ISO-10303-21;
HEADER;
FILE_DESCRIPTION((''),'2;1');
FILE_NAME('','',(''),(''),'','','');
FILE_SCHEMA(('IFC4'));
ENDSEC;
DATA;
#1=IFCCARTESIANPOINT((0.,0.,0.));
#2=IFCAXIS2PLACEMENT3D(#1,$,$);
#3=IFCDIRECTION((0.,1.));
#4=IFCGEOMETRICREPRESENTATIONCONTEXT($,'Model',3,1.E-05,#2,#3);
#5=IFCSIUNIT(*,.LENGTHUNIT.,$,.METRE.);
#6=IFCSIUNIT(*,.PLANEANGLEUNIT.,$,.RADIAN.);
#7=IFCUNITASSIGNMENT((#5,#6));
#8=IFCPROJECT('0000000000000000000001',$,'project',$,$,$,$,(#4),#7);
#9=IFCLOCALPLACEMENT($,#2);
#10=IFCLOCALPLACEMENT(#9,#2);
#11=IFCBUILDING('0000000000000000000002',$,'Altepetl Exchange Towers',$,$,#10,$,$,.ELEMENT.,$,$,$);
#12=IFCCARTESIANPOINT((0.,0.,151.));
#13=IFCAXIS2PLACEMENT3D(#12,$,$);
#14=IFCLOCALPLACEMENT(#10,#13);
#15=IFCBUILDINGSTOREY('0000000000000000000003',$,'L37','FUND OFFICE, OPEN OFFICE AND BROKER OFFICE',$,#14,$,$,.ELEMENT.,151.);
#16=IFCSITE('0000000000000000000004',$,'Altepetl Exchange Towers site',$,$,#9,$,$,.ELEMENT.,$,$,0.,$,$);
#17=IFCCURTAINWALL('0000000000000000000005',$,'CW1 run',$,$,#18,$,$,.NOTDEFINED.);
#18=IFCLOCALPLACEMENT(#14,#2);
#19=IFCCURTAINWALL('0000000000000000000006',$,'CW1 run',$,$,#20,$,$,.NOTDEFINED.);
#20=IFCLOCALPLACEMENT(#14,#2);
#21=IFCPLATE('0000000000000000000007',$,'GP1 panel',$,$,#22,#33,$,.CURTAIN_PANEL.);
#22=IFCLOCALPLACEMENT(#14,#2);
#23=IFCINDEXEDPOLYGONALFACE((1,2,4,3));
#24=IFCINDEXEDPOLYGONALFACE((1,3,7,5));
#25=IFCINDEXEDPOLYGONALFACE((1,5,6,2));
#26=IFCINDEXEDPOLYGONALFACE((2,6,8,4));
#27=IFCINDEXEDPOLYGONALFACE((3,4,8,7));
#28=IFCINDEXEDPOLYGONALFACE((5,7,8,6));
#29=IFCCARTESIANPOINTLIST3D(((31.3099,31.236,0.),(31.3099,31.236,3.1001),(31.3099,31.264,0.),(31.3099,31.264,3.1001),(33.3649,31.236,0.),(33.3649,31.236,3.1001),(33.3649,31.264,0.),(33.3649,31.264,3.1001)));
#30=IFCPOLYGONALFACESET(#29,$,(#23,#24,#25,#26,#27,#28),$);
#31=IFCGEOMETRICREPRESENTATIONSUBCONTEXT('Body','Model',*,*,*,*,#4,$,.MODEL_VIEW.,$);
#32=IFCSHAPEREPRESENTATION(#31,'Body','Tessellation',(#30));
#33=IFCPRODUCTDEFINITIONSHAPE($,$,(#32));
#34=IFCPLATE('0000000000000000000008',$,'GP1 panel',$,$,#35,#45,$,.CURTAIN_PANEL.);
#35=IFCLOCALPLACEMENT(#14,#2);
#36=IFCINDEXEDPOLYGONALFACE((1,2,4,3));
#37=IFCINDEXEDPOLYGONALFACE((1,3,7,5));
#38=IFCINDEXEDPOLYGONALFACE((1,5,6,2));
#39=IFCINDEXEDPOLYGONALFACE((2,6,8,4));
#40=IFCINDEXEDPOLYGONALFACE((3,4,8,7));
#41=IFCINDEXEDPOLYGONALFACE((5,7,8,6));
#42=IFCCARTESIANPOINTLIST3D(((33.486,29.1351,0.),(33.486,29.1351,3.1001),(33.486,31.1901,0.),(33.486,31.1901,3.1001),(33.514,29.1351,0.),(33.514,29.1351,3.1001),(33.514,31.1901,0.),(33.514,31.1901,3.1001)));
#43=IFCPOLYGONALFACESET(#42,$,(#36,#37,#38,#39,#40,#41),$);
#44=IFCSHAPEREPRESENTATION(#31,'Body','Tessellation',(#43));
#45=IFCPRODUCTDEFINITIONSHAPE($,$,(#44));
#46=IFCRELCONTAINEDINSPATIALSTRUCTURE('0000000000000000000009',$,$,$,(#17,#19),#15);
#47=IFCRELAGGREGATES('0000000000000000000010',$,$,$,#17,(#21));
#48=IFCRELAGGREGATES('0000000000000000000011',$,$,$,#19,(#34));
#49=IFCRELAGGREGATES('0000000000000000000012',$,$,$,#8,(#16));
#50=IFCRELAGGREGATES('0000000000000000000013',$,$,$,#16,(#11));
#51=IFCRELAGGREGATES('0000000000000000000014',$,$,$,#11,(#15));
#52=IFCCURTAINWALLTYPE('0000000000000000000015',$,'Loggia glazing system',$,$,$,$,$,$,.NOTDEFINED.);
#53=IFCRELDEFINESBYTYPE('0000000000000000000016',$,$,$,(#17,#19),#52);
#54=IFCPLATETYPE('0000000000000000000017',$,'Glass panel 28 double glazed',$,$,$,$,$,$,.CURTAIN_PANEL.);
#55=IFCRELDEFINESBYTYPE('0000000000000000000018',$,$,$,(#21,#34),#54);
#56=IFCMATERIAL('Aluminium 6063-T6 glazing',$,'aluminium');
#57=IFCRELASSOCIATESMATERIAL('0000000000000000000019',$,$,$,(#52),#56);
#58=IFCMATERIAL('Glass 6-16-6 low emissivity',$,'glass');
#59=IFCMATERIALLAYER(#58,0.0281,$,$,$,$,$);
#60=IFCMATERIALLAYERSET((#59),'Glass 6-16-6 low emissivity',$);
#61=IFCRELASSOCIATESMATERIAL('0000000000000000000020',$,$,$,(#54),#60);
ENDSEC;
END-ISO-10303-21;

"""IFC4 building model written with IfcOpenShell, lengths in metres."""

from ifc_helpers import new_model, si_unit, direction, frame, origin, origin_2d, place, context, subcontext, project, spatial, rectangle, extrude, material, layer, layer_set, type_object, element, aggregate, save


model = new_model("IFC4")

# Units and contexts
model_context = context("Model", 3, precision=1e-05, world=origin(), true_north=direction((0.0, 1.0)))
body_context = subcontext(model_context, "Body", "Model", "MODEL_VIEW")
ifc_project = project(units=[si_unit("LENGTHUNIT", "METRE"), si_unit("PLANEANGLEUNIT", "RADIAN")], contexts=[model_context])

# Site, building, storey
site_placement = place(None, origin())
site = spatial("IfcSite", under=ifc_project, at=site_placement, Name="Altepetl Exchange Towers site", CompositionType="ELEMENT", RefElevation=0.0)
building_placement = place(site_placement, origin())
building = spatial("IfcBuilding", under=site, at=building_placement, Name="Altepetl Exchange Towers", CompositionType="ELEMENT")
storey_placement = place(building_placement, frame((0.0, 0.0, 151.0)))
storey = spatial("IfcBuildingStorey", under=building, at=storey_placement, Name="L37", Description="FUND OFFICE, OPEN OFFICE AND BROKER OFFICE", CompositionType="ELEMENT", Elevation=151.0)

# Shared definitions
ifc_material_1 = material(Name="Aluminium 6063-T6 glazing", Category="aluminium")
curtain_wall_type = type_object("IfcCurtainWallType", Name="Loggia glazing system", PredefinedType="NOTDEFINED", material=ifc_material_1)

# Curtain walls
curtain_wall_1_placement = place(storey_placement, origin())
curtain_wall_1 = element("IfcCurtainWall", 1, at=curtain_wall_1_placement, inside=storey, type_object=curtain_wall_type, Name="CW1 run", PredefinedType="NOTDEFINED")
curtain_wall_2_placement = place(storey_placement, origin())
curtain_wall_2 = element("IfcCurtainWall", 2, at=curtain_wall_2_placement, inside=storey, type_object=curtain_wall_type, Name="CW1 run", PredefinedType="NOTDEFINED")

# Plates
ifc_material_2 = material(Name="Glass 6-16-6 low emissivity", Category="glass")
ifc_layer = layer(ifc_material_2, 0.0281)
ifc_layer_set = layer_set([ifc_layer], Name="Glass 6-16-6 low emissivity")
plate_type = type_object("IfcPlateType", Name="Glass panel 28 double glazed", PredefinedType="CURTAIN_PANEL", material=ifc_layer_set)
plate_1_placement = place(storey_placement, frame((32.3374, 31.25, 0.0)))
plate_1 = element("IfcPlate", 3, at=plate_1_placement, type_object=plate_type, Name="GP1 panel", PredefinedType="CURTAIN_PANEL", context=body_context, shape_type="SweptSolid", body=[
    extrude(rectangle(XDim=2.0549, YDim=0.0281, at=origin_2d()), origin(), (0.0, 0.0, 1.0), 3.1001),
])
aggregate(curtain_wall_1, [plate_1])
plate_2_placement = place(storey_placement, frame((33.5, 30.1626, 0.0), z_axis=(0.0, 0.0, 1.0), x_axis=(0.0, -1.0, 0.0)))
plate_2 = element("IfcPlate", 4, at=plate_2_placement, type_object=plate_type, Name="GP1 panel", PredefinedType="CURTAIN_PANEL", context=body_context, shape_type="SweptSolid", body=[
    extrude(rectangle(XDim=2.0549, YDim=0.0281, at=origin_2d()), origin(), (0.0, 0.0, 1.0), 3.1001),
])
aggregate(curtain_wall_2, [plate_2])

save(model, "model.ifc")
